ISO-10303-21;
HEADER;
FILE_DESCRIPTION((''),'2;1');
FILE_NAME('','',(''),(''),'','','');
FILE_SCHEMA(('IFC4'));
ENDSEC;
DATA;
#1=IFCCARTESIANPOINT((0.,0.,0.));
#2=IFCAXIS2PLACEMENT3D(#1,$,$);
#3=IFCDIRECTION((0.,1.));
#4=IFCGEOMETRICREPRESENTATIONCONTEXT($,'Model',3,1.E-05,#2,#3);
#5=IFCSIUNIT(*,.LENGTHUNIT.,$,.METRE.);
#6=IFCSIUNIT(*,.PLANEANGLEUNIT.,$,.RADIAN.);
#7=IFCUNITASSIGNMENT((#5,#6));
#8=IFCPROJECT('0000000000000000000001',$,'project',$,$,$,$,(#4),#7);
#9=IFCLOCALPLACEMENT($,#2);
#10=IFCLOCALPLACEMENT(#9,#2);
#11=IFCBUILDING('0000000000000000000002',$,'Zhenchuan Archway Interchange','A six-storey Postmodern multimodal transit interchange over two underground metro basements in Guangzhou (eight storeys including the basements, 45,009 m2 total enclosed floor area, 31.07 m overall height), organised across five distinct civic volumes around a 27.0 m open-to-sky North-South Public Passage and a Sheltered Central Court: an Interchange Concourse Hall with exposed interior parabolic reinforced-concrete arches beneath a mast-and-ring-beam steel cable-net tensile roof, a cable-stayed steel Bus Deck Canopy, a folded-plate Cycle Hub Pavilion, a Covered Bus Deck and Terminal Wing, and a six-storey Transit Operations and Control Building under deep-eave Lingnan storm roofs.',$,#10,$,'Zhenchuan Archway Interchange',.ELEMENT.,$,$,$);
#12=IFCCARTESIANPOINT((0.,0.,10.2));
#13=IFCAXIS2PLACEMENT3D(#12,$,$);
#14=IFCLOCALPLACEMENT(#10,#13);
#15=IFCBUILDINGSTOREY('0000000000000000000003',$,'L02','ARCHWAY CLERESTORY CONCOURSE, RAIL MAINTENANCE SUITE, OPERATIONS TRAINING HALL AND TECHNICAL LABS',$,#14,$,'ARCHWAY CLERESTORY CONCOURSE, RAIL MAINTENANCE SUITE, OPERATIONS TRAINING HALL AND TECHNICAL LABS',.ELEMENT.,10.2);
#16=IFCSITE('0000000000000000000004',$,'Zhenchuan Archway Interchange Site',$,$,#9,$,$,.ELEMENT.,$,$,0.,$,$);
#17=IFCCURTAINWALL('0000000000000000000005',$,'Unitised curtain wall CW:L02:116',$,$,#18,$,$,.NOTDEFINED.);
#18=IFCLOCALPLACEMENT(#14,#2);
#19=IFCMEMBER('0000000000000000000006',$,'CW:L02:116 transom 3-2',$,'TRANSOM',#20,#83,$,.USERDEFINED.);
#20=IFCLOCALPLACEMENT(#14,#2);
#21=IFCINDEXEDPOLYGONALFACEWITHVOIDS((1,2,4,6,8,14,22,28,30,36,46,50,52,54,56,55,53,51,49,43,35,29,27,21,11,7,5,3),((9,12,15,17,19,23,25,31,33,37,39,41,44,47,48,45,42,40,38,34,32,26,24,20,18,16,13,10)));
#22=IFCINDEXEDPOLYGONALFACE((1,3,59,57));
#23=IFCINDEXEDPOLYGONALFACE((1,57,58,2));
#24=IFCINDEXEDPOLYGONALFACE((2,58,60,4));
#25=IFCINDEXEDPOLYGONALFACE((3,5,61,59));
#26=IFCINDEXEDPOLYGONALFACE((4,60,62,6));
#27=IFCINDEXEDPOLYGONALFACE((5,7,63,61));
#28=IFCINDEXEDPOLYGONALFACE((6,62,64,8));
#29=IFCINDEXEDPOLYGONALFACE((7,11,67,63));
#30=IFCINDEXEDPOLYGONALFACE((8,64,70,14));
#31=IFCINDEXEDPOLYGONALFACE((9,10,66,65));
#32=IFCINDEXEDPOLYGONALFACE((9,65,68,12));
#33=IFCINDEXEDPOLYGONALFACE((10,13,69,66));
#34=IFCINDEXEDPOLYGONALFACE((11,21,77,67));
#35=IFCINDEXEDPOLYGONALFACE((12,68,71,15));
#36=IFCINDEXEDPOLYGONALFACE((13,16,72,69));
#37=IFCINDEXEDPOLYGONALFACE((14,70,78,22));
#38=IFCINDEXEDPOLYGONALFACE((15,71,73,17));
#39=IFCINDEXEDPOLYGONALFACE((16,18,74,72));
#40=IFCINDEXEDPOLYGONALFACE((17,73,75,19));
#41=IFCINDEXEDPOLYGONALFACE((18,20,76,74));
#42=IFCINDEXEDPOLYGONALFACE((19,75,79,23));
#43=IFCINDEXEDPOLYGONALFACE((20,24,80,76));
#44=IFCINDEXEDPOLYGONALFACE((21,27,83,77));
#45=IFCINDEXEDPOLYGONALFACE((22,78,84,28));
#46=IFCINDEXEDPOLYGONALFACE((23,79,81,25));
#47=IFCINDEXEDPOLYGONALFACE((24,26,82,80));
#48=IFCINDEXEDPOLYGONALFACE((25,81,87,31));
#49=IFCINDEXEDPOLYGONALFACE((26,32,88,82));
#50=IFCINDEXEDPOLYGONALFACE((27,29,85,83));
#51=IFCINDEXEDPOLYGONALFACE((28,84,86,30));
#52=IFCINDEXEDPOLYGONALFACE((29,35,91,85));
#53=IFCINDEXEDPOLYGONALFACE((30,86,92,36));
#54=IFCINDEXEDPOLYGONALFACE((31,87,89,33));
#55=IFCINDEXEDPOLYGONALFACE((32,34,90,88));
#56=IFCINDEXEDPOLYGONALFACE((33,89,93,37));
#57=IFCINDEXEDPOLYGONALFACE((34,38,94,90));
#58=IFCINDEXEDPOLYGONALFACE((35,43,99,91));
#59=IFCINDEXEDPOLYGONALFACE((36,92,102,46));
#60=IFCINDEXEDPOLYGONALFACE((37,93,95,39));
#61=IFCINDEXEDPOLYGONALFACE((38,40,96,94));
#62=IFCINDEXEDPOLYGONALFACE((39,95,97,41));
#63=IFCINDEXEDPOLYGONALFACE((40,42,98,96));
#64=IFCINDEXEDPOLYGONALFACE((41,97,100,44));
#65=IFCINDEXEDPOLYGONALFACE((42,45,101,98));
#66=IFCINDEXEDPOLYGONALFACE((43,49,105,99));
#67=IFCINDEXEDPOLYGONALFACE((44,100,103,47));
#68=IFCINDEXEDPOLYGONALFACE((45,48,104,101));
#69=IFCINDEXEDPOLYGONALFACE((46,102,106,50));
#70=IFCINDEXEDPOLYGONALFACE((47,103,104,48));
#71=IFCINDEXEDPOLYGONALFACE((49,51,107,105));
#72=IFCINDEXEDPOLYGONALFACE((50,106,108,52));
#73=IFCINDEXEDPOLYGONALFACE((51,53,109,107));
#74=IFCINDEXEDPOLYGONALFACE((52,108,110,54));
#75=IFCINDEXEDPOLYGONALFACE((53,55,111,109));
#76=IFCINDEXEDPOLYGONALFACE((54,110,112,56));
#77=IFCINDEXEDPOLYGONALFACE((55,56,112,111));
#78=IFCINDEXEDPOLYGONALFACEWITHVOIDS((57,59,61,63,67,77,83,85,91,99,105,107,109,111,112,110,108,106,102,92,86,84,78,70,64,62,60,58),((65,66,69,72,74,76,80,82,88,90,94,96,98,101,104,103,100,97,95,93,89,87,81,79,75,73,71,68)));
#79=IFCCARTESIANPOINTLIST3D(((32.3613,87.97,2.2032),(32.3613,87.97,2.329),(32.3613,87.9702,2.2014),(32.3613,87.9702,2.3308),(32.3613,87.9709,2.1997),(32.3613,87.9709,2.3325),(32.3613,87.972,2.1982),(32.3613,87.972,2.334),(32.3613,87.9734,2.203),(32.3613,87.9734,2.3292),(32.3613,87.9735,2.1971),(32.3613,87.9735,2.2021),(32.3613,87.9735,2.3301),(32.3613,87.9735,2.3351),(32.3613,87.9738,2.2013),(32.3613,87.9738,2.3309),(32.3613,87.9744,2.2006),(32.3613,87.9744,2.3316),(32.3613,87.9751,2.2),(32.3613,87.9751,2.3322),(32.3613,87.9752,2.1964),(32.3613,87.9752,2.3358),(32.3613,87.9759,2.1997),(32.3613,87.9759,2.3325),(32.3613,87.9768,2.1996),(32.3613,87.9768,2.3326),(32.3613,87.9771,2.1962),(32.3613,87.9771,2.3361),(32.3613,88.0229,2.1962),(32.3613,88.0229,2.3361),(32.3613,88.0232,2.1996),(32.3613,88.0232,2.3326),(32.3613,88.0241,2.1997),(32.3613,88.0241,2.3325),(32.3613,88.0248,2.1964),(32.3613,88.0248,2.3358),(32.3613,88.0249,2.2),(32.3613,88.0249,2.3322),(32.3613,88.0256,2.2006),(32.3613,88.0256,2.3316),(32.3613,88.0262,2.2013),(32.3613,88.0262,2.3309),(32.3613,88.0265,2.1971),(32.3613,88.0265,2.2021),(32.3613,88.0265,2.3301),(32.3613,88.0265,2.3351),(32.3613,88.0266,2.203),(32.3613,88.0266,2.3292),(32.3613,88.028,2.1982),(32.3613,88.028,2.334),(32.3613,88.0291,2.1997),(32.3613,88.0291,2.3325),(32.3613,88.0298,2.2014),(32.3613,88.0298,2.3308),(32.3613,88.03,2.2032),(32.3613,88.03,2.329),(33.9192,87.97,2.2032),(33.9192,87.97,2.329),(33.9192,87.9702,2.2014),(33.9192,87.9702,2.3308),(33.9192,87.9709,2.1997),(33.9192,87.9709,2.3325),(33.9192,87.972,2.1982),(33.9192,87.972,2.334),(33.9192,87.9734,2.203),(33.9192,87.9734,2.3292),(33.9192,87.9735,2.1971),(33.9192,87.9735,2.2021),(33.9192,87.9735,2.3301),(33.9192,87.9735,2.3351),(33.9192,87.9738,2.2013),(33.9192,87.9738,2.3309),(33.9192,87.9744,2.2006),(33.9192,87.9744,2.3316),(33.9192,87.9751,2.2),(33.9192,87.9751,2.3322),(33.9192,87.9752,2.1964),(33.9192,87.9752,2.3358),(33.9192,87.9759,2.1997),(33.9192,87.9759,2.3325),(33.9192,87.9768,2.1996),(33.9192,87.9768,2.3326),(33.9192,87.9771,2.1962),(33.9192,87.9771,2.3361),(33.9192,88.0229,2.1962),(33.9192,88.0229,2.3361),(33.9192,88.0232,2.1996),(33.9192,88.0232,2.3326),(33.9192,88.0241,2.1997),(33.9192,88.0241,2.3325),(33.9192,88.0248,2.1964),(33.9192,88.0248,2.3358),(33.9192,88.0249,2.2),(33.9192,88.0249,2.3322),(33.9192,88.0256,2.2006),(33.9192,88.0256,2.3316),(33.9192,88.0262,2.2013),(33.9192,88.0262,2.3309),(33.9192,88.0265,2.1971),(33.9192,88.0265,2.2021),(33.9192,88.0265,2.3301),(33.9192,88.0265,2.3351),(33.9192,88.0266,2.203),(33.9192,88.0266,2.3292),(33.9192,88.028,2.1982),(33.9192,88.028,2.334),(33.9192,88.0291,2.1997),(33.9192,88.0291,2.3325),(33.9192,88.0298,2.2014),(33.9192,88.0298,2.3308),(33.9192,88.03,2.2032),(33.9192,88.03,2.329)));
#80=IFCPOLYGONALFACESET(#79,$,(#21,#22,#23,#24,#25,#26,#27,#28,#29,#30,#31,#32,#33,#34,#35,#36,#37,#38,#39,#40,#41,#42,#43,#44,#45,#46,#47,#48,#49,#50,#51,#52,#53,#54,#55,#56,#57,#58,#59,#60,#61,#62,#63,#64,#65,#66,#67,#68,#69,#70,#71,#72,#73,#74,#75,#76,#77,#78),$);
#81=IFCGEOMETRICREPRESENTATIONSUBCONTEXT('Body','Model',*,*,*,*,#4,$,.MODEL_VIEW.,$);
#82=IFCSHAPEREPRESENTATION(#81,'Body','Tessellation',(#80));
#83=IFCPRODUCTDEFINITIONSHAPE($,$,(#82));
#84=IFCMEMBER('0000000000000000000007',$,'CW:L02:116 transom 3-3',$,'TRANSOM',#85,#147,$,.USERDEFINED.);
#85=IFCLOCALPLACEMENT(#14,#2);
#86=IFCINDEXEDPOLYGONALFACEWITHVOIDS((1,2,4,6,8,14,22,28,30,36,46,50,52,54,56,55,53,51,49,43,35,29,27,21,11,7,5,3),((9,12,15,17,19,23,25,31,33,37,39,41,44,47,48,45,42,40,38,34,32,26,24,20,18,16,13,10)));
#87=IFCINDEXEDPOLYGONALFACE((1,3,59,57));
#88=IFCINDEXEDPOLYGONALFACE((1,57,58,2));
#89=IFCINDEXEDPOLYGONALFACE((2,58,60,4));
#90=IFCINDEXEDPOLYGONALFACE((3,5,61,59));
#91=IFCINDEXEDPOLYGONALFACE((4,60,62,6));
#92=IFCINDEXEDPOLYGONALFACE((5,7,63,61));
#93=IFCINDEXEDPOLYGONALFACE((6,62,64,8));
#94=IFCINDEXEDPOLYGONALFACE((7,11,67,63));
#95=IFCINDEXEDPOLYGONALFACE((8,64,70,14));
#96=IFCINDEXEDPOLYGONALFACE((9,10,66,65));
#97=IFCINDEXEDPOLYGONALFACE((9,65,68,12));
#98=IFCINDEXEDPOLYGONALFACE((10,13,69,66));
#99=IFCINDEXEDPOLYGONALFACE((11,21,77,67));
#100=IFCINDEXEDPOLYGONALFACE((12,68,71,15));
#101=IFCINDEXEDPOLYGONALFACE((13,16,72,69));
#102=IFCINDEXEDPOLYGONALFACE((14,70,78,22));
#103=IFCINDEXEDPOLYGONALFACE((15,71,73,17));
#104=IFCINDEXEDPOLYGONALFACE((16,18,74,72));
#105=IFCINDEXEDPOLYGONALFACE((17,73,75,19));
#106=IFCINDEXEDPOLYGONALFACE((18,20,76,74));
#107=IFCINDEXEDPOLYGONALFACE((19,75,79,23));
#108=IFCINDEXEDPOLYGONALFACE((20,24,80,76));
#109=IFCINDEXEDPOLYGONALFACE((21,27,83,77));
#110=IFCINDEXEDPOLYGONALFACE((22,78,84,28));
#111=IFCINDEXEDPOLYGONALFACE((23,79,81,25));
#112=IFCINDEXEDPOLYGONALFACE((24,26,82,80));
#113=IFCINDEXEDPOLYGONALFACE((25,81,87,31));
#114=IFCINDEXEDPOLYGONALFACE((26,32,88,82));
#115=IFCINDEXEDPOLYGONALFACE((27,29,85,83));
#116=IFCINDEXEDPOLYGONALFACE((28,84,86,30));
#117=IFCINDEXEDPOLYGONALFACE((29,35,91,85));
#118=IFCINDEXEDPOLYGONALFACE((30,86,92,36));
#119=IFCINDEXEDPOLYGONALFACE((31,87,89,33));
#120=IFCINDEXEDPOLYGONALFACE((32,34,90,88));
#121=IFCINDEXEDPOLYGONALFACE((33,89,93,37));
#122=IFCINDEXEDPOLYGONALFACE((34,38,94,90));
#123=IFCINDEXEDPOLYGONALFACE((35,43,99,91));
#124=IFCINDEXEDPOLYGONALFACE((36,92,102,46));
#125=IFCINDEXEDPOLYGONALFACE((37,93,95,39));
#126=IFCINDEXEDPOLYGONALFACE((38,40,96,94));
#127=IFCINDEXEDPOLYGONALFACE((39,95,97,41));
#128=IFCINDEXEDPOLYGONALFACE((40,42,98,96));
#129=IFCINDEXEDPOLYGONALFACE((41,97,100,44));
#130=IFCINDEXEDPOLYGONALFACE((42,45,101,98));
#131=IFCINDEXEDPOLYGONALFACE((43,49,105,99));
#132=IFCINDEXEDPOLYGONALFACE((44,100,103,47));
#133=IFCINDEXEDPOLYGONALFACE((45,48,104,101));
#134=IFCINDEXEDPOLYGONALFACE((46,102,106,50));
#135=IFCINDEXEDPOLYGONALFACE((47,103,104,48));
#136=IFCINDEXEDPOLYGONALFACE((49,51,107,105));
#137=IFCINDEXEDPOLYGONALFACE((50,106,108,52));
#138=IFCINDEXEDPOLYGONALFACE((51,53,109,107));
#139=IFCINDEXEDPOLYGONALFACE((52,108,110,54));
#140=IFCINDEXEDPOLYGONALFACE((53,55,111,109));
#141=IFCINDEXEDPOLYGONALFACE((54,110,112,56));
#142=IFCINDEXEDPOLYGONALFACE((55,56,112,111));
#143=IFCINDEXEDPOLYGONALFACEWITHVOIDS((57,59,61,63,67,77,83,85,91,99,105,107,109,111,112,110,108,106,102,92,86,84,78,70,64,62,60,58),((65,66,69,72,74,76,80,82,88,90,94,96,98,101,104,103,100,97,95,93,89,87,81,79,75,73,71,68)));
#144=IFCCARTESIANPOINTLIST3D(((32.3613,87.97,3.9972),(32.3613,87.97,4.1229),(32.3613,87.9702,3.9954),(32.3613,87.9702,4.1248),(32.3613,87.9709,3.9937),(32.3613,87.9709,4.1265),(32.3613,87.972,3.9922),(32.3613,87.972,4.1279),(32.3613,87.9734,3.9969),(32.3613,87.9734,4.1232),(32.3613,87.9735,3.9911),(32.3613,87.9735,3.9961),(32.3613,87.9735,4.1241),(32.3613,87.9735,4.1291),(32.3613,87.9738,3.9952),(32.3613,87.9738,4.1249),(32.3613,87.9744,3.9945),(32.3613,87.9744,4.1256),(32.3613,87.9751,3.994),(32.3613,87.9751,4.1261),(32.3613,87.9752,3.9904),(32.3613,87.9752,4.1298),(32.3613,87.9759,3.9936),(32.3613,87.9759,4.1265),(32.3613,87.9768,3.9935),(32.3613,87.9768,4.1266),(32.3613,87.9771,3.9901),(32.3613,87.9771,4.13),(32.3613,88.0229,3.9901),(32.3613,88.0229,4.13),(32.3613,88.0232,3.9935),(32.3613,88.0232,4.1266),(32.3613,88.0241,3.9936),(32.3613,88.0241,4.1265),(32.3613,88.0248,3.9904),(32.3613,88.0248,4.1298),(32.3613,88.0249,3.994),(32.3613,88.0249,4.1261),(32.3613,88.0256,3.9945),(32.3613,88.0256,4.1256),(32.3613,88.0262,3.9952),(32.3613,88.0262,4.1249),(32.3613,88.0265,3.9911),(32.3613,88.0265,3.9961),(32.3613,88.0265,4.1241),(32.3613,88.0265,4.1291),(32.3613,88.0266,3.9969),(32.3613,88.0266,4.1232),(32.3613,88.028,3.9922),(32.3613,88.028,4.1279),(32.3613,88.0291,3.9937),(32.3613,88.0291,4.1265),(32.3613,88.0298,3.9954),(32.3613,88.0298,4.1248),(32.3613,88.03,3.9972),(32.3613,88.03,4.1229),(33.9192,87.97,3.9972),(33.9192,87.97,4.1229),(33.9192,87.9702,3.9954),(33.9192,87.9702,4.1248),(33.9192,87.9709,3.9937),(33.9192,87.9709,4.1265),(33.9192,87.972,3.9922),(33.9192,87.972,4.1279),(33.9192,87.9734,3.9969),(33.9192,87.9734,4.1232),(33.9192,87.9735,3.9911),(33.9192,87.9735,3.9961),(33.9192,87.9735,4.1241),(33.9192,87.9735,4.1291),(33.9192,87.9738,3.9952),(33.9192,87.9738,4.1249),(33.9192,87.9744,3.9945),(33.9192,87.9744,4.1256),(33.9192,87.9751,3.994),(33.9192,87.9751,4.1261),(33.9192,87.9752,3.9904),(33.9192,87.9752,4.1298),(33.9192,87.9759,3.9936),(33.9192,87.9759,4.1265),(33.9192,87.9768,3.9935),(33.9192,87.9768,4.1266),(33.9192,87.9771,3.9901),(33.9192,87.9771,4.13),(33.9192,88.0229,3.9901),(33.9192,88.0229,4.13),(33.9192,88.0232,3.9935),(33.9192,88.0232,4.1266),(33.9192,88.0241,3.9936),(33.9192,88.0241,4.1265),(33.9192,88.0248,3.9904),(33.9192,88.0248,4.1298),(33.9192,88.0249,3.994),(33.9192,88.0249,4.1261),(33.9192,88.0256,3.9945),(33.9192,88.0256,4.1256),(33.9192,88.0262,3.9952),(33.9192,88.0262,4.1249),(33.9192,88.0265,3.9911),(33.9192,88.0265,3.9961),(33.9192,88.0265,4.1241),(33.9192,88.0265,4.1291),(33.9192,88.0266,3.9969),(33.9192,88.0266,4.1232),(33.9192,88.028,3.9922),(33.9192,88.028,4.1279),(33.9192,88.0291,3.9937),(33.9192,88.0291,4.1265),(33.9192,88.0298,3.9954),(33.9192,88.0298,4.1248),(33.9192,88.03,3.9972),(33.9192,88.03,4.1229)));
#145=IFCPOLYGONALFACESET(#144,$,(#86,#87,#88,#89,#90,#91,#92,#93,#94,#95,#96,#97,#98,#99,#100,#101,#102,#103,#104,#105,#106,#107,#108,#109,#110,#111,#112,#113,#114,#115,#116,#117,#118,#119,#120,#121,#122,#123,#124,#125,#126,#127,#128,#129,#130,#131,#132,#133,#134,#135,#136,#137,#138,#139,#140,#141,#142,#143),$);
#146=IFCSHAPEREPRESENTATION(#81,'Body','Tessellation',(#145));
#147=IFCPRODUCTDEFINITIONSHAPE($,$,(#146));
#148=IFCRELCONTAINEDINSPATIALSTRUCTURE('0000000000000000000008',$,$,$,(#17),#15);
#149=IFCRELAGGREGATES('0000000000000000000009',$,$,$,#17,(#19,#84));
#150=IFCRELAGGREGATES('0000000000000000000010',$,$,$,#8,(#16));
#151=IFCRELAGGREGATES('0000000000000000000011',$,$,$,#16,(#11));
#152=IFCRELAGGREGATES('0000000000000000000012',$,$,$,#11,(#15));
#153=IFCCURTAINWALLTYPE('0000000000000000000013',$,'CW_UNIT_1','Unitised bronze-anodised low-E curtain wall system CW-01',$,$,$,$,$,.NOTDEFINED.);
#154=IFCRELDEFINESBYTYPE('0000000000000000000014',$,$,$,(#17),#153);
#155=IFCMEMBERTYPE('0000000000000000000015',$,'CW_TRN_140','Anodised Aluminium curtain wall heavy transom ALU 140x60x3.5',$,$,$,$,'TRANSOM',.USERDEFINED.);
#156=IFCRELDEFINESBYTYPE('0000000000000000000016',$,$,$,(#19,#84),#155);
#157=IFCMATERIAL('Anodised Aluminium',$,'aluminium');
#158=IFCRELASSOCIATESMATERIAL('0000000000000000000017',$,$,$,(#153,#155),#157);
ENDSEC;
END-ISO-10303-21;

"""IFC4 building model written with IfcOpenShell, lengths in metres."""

from ifc_helpers import new_model, si_unit, direction, frame, origin, origin_2d, place, context, subcontext, project, spatial, hollow_rectangle, extrude, material, material_profile, profile_set, type_object, element, aggregate, save


model = new_model("IFC4")

# Units and contexts
model_context = context("Model", 3, precision=1e-05, world=origin(), true_north=direction((0.0, 1.0)))
body_context = subcontext(model_context, "Body", "Model", "MODEL_VIEW")
ifc_project = project(units=[si_unit("LENGTHUNIT", "METRE"), si_unit("PLANEANGLEUNIT", "RADIAN")], contexts=[model_context])

# Site, building, storey
site_placement = place(None, origin())
site = spatial("IfcSite", under=ifc_project, at=site_placement, Name="Zhenchuan Archway Interchange Site", CompositionType="ELEMENT", RefElevation=0.0)
building_placement = place(site_placement, origin())
building = spatial("IfcBuilding", under=site, at=building_placement, Name="Zhenchuan Archway Interchange", Description="A six-storey Postmodern multimodal transit interchange over two underground metro basements in Guangzhou (eight storeys including the basements, 45,009 m2 total enclosed floor area, 31.07 m overall height), organised across five distinct civic volumes around a 27.0 m open-to-sky North-South Public Passage and a Sheltered Central Court: an Interchange Concourse Hall with exposed interior parabolic reinforced-concrete arches beneath a mast-and-ring-beam steel cable-net tensile roof, a cable-stayed steel Bus Deck Canopy, a folded-plate Cycle Hub Pavilion, a Covered Bus Deck and Terminal Wing, and a six-storey Transit Operations and Control Building under deep-eave Lingnan storm roofs.", LongName="Zhenchuan Archway Interchange", CompositionType="ELEMENT")
storey_placement = place(building_placement, frame((0.0, 0.0, 10.2)))
storey = spatial("IfcBuildingStorey", under=building, at=storey_placement, Name="L02", Description="ARCHWAY CLERESTORY CONCOURSE, RAIL MAINTENANCE SUITE, OPERATIONS TRAINING HALL AND TECHNICAL LABS", LongName="ARCHWAY CLERESTORY CONCOURSE, RAIL MAINTENANCE SUITE, OPERATIONS TRAINING HALL AND TECHNICAL LABS", CompositionType="ELEMENT", Elevation=10.2)

# Curtain wall
ifc_material_1 = material(Name="Anodised Aluminium", Category="aluminium")
curtain_wall_type_1 = type_object("IfcCurtainWallType", Name="CW_UNIT_1", Description="Unitised bronze-anodised low-E curtain wall system CW-01", PredefinedType="NOTDEFINED", material=ifc_material_1)
curtain_wall_1_placement = place(storey_placement, origin())
curtain_wall_1 = element("IfcCurtainWall", 1, at=curtain_wall_1_placement, inside=storey, type_object=curtain_wall_type_1, Name="Unitised curtain wall CW:L02:116", PredefinedType="NOTDEFINED")

# Members
ifc_material_profile_1 = material_profile(ifc_material_1, hollow_rectangle(XDim=0.0601, YDim=0.1399, WallThickness=0.0034, InnerFilletRadius=0.0034, OuterFilletRadius=0.0071, at=origin_2d()), Name="ALU 140x60x3.5")
ifc_profile_set_1 = profile_set([ifc_material_profile_1], Name="Anodised Aluminium")
member_type_1 = type_object("IfcMemberType", Name="CW_TRN_140", Description="Anodised Aluminium curtain wall heavy transom ALU 140x60x3.5", ElementType="TRANSOM", PredefinedType="USERDEFINED", material=ifc_profile_set_1)
member_1_placement = place(storey_placement, frame((32.3613, 88.0, 2.2661), z_axis=(1.0, 0.0, 0.0), x_axis=(0.0, 1.0, 0.0)))
member_1 = element("IfcMember", 2, at=member_1_placement, type_object=member_type_1, Name="CW:L02:116 transom 3-2", ObjectType="TRANSOM", PredefinedType="USERDEFINED", context=body_context, shape_type="SweptSolid", body=[
    extrude(hollow_rectangle(XDim=0.0601, YDim=0.1399, WallThickness=0.0034, InnerFilletRadius=0.0034, OuterFilletRadius=0.0071, at=origin_2d()), origin(), (0.0, 0.0, 1.0), 1.5579),
])
member_2_placement = place(storey_placement, frame((32.3613, 88.0, 4.0601), z_axis=(1.0, 0.0, 0.0), x_axis=(0.0, 1.0, 0.0)))
member_2 = element("IfcMember", 3, at=member_2_placement, type_object=member_type_1, Name="CW:L02:116 transom 3-3", ObjectType="TRANSOM", PredefinedType="USERDEFINED", context=body_context, shape_type="SweptSolid", body=[
    extrude(hollow_rectangle(XDim=0.0601, YDim=0.1399, WallThickness=0.0034, InnerFilletRadius=0.0034, OuterFilletRadius=0.0071, at=origin_2d()), origin(), (0.0, 0.0, 1.0), 1.5579),
])

aggregate(curtain_wall_1, [member_1, member_2])

save(model, "model.ifc")
